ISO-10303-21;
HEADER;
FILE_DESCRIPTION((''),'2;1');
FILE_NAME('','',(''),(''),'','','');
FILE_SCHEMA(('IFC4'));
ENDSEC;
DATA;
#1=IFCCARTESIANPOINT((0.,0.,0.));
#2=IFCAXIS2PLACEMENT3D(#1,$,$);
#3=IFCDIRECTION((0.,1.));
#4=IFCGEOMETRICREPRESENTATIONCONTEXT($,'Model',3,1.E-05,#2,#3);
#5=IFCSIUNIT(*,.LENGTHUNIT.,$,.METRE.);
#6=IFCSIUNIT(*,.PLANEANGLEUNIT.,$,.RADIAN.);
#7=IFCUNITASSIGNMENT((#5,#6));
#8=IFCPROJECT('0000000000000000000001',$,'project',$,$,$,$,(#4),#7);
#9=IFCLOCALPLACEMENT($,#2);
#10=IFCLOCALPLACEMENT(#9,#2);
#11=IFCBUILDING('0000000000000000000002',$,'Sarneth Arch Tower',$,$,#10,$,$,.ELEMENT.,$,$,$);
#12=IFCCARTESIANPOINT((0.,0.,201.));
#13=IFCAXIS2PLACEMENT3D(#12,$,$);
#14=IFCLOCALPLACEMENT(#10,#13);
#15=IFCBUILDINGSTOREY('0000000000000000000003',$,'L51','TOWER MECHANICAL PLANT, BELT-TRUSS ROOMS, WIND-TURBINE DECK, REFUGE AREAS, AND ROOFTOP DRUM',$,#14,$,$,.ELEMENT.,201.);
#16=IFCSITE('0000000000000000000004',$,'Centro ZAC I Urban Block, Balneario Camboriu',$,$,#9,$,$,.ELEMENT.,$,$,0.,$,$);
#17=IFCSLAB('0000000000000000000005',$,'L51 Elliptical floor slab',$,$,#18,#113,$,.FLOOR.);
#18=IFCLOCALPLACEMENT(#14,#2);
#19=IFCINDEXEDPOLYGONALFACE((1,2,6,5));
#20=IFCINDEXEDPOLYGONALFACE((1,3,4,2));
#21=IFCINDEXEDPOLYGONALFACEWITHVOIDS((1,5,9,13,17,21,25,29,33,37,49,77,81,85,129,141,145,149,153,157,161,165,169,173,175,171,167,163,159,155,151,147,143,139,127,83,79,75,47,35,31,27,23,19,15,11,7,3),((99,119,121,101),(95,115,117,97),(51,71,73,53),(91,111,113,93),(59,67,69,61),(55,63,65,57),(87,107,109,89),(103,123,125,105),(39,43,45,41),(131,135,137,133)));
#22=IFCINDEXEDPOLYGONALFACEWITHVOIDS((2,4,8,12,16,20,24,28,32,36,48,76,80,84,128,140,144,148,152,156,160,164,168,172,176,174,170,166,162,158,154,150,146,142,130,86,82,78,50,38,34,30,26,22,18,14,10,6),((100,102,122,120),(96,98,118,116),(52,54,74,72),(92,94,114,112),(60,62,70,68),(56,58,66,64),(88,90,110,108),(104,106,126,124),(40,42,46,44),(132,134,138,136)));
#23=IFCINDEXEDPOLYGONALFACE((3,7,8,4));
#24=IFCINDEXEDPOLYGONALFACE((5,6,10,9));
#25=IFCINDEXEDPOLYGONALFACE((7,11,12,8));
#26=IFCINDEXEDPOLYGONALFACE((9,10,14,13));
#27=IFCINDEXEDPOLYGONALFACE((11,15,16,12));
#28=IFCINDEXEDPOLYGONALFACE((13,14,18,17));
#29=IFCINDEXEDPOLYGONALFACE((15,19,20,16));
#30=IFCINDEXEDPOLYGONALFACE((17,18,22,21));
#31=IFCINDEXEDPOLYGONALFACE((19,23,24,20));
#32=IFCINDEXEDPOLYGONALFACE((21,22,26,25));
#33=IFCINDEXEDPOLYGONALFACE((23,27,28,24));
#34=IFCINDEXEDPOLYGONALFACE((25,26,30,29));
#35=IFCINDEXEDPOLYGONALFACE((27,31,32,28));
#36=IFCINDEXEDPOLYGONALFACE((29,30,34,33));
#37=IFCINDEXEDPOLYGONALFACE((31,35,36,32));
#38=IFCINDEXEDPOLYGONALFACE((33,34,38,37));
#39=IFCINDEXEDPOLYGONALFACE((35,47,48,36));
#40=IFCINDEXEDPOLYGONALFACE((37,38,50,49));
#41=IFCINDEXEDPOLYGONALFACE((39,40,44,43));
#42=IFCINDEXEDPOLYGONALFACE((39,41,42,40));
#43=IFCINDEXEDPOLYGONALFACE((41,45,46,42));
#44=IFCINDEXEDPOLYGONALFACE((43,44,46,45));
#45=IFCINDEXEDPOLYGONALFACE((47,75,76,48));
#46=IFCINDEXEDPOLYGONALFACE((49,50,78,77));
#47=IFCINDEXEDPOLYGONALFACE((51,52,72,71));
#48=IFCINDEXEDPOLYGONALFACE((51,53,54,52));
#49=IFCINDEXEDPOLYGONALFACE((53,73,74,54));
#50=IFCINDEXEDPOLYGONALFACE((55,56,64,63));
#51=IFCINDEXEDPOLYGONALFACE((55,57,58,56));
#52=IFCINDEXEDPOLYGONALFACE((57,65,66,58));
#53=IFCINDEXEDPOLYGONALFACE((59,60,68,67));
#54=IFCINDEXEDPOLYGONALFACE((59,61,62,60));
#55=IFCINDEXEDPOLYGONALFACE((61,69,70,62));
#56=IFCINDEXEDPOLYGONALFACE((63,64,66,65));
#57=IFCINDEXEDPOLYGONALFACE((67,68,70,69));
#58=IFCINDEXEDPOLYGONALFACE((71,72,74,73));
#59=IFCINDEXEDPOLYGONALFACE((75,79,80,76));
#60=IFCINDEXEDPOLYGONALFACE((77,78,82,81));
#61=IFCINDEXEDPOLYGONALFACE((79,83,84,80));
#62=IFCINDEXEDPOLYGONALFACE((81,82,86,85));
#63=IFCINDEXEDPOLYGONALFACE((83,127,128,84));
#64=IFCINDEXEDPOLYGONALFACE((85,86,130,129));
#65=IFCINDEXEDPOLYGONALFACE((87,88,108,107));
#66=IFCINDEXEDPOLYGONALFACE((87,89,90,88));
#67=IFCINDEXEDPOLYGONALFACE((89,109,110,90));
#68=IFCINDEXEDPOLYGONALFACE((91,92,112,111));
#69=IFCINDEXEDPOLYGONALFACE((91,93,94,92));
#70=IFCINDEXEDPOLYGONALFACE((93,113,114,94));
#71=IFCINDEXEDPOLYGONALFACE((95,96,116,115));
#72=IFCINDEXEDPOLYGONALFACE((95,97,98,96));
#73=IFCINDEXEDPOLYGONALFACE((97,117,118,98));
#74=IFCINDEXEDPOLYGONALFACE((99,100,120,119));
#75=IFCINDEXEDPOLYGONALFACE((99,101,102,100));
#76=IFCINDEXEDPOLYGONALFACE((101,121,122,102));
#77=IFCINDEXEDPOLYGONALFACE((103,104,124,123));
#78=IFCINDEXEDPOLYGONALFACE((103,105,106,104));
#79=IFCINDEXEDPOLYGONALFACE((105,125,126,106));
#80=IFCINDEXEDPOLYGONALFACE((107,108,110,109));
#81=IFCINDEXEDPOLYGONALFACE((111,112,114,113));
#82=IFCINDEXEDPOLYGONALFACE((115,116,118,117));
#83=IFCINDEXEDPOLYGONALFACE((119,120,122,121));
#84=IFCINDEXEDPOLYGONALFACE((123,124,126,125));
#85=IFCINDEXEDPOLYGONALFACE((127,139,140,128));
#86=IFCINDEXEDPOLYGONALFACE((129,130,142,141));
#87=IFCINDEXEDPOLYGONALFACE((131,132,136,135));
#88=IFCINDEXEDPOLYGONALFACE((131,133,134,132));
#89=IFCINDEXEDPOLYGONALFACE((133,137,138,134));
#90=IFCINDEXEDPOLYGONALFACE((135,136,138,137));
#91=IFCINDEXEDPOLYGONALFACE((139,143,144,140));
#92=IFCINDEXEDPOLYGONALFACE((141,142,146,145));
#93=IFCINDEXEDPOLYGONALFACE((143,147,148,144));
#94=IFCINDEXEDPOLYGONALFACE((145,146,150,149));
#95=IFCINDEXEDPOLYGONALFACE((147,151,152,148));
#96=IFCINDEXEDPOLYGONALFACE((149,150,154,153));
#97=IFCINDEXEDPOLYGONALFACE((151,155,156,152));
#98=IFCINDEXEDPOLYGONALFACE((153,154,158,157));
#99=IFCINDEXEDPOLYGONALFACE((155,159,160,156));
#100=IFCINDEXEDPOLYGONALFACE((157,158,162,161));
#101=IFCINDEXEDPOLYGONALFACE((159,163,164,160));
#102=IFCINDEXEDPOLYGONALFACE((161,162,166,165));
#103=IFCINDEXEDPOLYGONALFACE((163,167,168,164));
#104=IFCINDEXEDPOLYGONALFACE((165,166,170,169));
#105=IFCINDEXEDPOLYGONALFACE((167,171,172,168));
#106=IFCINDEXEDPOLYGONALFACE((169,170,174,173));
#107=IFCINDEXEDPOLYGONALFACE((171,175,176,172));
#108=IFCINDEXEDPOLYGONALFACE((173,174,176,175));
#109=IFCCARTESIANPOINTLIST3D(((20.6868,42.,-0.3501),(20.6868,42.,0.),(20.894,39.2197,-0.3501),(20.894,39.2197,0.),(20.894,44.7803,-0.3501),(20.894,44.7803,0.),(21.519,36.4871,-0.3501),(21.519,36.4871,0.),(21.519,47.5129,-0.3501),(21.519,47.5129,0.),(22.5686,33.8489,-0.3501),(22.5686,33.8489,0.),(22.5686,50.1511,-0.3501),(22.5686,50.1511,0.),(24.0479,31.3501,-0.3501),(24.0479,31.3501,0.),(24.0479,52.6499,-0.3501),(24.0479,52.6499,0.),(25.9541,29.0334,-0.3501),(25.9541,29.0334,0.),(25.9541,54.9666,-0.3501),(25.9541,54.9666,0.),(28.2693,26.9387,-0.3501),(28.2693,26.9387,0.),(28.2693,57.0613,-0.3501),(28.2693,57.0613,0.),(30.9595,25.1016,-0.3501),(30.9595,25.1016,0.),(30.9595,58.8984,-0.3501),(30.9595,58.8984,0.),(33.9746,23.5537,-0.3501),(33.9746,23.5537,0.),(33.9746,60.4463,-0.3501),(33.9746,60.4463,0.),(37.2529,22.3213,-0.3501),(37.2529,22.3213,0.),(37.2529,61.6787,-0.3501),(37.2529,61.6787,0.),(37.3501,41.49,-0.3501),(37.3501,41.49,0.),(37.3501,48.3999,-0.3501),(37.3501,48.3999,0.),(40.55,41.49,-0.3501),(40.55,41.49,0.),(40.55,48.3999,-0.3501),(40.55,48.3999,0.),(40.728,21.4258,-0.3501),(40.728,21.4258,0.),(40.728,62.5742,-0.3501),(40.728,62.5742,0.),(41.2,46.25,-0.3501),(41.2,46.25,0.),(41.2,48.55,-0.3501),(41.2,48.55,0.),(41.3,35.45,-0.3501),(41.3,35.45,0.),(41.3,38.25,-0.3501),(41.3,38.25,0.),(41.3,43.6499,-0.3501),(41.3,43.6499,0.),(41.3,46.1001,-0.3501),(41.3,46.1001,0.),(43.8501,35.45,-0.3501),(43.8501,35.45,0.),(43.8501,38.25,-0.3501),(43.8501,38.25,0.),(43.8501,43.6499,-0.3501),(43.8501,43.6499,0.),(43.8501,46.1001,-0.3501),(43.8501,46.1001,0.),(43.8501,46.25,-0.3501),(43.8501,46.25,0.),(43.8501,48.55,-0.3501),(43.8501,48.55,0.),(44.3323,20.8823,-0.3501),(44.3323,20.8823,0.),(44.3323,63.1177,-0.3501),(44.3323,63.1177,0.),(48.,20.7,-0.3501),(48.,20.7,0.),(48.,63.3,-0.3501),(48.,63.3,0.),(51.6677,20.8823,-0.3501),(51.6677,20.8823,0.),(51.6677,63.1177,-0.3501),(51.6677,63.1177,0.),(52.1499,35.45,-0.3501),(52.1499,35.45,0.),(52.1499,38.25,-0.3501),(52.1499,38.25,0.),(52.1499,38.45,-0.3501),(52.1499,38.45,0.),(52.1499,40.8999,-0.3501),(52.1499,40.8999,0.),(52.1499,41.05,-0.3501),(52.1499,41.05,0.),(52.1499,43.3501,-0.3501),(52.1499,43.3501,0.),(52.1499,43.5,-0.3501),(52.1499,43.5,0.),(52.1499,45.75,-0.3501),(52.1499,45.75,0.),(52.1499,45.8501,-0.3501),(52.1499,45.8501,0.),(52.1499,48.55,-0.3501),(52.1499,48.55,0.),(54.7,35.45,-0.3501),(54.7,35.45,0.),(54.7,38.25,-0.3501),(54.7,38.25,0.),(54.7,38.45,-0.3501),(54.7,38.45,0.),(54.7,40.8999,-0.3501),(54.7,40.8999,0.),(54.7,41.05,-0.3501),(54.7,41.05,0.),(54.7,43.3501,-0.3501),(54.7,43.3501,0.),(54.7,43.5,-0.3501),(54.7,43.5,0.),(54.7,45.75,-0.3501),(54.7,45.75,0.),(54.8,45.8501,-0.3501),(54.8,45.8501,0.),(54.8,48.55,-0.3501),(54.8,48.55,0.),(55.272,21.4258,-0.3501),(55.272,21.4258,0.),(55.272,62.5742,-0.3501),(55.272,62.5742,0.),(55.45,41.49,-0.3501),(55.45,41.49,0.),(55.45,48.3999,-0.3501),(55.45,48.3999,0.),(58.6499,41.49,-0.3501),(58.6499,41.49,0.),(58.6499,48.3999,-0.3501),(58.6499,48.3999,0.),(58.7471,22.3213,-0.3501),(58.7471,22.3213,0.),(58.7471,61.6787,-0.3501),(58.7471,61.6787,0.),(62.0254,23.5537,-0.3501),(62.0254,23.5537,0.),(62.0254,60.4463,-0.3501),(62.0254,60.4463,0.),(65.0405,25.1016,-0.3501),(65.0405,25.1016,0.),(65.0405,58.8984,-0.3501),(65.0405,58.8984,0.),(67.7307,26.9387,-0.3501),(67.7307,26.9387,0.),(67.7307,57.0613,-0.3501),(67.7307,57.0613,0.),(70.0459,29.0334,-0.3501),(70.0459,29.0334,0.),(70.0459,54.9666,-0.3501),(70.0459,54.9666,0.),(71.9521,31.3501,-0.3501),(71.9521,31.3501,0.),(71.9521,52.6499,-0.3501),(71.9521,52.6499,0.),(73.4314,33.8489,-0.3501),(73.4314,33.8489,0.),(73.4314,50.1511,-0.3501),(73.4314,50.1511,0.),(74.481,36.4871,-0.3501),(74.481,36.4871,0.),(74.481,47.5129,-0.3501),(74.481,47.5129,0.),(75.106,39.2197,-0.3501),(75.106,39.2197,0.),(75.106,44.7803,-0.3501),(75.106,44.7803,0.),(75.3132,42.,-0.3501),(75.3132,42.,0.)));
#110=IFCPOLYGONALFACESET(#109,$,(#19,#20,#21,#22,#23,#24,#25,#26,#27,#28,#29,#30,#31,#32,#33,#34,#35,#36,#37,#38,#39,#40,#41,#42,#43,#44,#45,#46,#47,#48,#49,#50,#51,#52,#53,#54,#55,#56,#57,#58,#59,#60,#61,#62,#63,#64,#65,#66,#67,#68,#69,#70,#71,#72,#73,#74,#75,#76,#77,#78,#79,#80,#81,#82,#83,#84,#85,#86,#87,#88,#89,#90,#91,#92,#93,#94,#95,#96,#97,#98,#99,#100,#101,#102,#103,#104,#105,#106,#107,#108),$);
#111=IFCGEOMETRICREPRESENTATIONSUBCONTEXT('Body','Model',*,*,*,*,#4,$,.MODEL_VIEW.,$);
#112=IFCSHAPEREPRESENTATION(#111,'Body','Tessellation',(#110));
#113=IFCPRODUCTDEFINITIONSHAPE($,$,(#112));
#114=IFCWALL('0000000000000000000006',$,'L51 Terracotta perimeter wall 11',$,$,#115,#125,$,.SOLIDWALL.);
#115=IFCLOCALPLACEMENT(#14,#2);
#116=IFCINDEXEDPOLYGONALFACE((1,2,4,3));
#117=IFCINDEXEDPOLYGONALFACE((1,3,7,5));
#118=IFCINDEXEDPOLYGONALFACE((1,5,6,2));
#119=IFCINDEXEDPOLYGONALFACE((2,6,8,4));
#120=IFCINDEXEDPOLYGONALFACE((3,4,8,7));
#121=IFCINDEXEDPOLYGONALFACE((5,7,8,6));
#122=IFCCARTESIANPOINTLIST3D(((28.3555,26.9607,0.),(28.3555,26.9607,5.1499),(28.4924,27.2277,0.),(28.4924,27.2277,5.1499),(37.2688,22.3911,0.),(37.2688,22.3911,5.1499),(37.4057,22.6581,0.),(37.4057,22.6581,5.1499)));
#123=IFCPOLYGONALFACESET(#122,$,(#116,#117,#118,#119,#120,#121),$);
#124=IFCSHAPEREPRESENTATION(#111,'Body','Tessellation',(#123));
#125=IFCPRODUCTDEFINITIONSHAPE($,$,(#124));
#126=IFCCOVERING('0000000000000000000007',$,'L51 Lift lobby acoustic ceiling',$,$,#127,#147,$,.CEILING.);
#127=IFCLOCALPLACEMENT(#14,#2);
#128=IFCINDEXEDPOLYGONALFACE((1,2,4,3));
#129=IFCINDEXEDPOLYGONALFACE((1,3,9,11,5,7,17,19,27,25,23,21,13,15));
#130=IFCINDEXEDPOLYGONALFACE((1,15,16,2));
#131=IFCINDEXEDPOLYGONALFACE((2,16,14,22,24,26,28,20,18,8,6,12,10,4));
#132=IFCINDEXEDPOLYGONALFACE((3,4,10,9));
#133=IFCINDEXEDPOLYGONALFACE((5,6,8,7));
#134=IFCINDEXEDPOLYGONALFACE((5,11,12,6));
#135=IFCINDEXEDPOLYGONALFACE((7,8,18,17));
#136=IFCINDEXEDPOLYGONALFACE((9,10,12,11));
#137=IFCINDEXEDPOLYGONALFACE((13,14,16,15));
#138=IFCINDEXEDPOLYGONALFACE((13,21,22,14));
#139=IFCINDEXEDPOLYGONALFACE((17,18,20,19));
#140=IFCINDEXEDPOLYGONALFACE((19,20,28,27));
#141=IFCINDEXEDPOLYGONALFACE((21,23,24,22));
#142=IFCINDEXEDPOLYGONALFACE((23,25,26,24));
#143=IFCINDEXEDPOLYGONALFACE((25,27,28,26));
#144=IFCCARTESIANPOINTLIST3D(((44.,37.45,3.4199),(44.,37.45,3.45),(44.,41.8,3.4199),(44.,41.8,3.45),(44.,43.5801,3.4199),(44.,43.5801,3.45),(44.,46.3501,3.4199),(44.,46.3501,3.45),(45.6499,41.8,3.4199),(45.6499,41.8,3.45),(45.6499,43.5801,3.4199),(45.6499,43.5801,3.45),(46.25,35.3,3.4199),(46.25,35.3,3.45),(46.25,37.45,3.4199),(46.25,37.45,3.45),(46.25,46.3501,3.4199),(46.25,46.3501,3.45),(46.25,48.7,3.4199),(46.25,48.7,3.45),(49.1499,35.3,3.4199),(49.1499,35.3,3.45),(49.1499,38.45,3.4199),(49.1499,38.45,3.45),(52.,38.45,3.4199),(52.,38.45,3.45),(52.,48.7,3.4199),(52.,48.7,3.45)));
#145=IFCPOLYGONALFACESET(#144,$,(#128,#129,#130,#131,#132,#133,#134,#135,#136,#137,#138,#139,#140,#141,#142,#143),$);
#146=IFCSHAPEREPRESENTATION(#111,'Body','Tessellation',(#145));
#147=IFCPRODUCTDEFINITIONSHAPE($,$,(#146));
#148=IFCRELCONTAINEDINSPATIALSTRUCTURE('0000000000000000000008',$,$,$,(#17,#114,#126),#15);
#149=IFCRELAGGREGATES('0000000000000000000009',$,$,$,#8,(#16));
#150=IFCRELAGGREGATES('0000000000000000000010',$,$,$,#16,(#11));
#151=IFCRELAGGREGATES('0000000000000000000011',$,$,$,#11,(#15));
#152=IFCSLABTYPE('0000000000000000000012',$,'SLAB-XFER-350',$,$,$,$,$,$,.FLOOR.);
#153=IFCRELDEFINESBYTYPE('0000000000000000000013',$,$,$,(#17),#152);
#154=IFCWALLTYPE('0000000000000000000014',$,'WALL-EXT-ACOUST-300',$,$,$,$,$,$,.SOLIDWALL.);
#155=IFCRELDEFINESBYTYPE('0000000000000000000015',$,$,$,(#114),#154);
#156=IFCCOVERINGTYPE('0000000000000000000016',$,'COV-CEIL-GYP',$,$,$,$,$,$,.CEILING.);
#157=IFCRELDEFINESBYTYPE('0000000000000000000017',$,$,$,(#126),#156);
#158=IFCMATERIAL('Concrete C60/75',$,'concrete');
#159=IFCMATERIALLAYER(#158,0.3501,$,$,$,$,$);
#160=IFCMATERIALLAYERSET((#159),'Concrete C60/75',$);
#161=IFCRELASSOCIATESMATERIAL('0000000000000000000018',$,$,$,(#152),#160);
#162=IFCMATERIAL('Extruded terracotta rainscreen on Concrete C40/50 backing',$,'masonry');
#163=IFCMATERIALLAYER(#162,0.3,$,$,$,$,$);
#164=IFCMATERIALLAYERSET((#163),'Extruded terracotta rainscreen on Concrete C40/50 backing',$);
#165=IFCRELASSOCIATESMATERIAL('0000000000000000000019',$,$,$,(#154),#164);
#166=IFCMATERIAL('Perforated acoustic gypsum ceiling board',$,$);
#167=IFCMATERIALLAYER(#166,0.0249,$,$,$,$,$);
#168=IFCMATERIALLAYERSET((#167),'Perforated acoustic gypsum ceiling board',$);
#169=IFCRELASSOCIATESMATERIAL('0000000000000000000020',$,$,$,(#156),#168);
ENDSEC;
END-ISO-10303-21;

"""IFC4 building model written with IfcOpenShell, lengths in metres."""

from ifc_helpers import new_model, si_unit, direction, frame, frame_2d, origin, place, context, subcontext, project, spatial, polyline, rectangle, outline, extrude, material, layer, layer_set, type_object, element, save


model = new_model("IFC4")

# Units and contexts
model_context = context("Model", 3, precision=1e-05, world=origin(), true_north=direction((0.0, 1.0)))
body_context = subcontext(model_context, "Body", "Model", "MODEL_VIEW")
ifc_project = project(units=[si_unit("LENGTHUNIT", "METRE"), si_unit("PLANEANGLEUNIT", "RADIAN")], contexts=[model_context])

# Site, building, storey
site_placement = place(None, origin())
site = spatial("IfcSite", under=ifc_project, at=site_placement, Name="Centro ZAC I Urban Block, Balneario Camboriu", CompositionType="ELEMENT", RefElevation=0.0)
building_placement = place(site_placement, origin())
building = spatial("IfcBuilding", under=site, at=building_placement, Name="Sarneth Arch Tower", CompositionType="ELEMENT")
storey_placement = place(building_placement, frame((0.0, 0.0, 201.0)))
storey = spatial("IfcBuildingStorey", under=building, at=storey_placement, Name="L51", Description="TOWER MECHANICAL PLANT, BELT-TRUSS ROOMS, WIND-TURBINE DECK, REFUGE AREAS, AND ROOFTOP DRUM", CompositionType="ELEMENT", Elevation=201.0)

# Slab
ifc_material_1 = material(Name="Concrete C60/75", Category="concrete")
ifc_layer_1 = layer(ifc_material_1, 0.3501)
ifc_layer_set_1 = layer_set([ifc_layer_1], Name="Concrete C60/75")
slab_type_1 = type_object("IfcSlabType", Name="SLAB-XFER-350", PredefinedType="FLOOR", material=ifc_layer_set_1)
slab_1_placement = place(storey_placement, frame((0.0, 0.0, -0.3501)))
element("IfcSlab", 1, at=slab_1_placement, inside=storey, type_object=slab_type_1, Name="L51 Elliptical floor slab", PredefinedType="FLOOR", context=body_context, shape_type="SweptSolid", body=[
    extrude(outline(polyline([(75.3132, 42.0), (75.106, 44.7803), (74.481, 47.5129), (73.4314, 50.1511), (71.9521, 52.6499), (70.0459, 54.9666), (67.7307, 57.0613), (65.0405, 58.8984), (62.0254, 60.4463), (58.7471, 61.6787), (55.272, 62.5742), (51.6677, 63.1177), (48.0, 63.3), (44.3323, 63.1177), (40.728, 62.5742), (37.2529, 61.6787), (33.9746, 60.4463), (30.9595, 58.8984), (28.2693, 57.0613), (25.9541, 54.9666), (24.0479, 52.6499), (22.5686, 50.1511), (21.519, 47.5129), (20.894, 44.7803), (20.6868, 42.0), (20.894, 39.2197), (21.519, 36.4871), (22.5686, 33.8489), (24.0479, 31.3501), (25.9541, 29.0334), (28.2693, 26.9387), (30.9595, 25.1016), (33.9746, 23.5537), (37.2529, 22.3213), (40.728, 21.4258), (44.3323, 20.8823), (48.0, 20.7), (51.6677, 20.8823), (55.272, 21.4258), (58.7471, 22.3213), (62.0254, 23.5537), (65.0405, 25.1016), (67.7307, 26.9387), (70.0459, 29.0334), (71.9521, 31.3501), (73.4314, 33.8489), (74.481, 36.4871), (75.106, 39.2197), (75.3132, 42.0)]), holes=[polyline([(37.3501, 41.49), (40.55, 41.49), (40.55, 48.3999), (37.3501, 48.3999), (37.3501, 41.49)]), polyline([(55.45, 41.49), (58.6499, 41.49), (58.6499, 48.3999), (55.45, 48.3999), (55.45, 41.49)]), polyline([(41.2, 46.25), (43.8501, 46.25), (43.8501, 48.55), (41.2, 48.55), (41.2, 46.25)]), polyline([(41.3, 35.45), (43.8501, 35.45), (43.8501, 38.25), (41.3, 38.25), (41.3, 35.45)]), polyline([(52.1499, 35.45), (54.7, 35.45), (54.7, 38.25), (52.1499, 38.25), (52.1499, 35.45)]), polyline([(52.1499, 45.8501), (54.8, 45.8501), (54.8, 48.55), (52.1499, 48.55), (52.1499, 45.8501)]), polyline([(41.3, 43.6499), (43.8501, 43.6499), (43.8501, 46.1001), (41.3, 46.1001), (41.3, 43.6499)]), polyline([(52.1499, 38.45), (54.7, 38.45), (54.7, 40.8999), (52.1499, 40.8999), (52.1499, 38.45)]), polyline([(52.1499, 41.05), (54.7, 41.05), (54.7, 43.3501), (52.1499, 43.3501), (52.1499, 41.05)]), polyline([(52.1499, 43.5), (54.7, 43.5), (54.7, 45.75), (52.1499, 45.75), (52.1499, 43.5)])]), origin(), (0.0, 0.0, 1.0), 0.3501),
])

# Wall
ifc_material_2 = material(Name="Extruded terracotta rainscreen on Concrete C40/50 backing", Category="masonry")
ifc_layer_2 = layer(ifc_material_2, 0.3)
ifc_layer_set_2 = layer_set([ifc_layer_2], Name="Extruded terracotta rainscreen on Concrete C40/50 backing")
wall_type = type_object("IfcWallType", Name="WALL-EXT-ACOUST-300", PredefinedType="SOLIDWALL", material=ifc_layer_set_2)
wall_placement = place(storey_placement, frame((28.4238, 27.0942, 0.0), z_axis=(0.0, 0.0, 1.0), x_axis=(0.889873, -0.456209, 0.0)))
element("IfcWall", 2, at=wall_placement, inside=storey, type_object=wall_type, Name="L51 Terracotta perimeter wall 11", PredefinedType="SOLIDWALL", context=body_context, shape_type="SweptSolid", body=[
    extrude(rectangle(XDim=10.0164, YDim=0.3, at=frame_2d((5.0083, 0.0))), origin(), (0.0, 0.0, 1.0), 5.1499),
])

# Covering
ifc_material_3 = material(Name="Perforated acoustic gypsum ceiling board")
ifc_layer_3 = layer(ifc_material_3, 0.0249)
ifc_layer_set_3 = layer_set([ifc_layer_3], Name="Perforated acoustic gypsum ceiling board")
covering_type = type_object("IfcCoveringType", Name="COV-CEIL-GYP", PredefinedType="CEILING", material=ifc_layer_set_3)
covering_placement = place(storey_placement, frame((0.0, 0.0, 3.4199)))
element("IfcCovering", 3, at=covering_placement, inside=storey, type_object=covering_type, Name="L51 Lift lobby acoustic ceiling", PredefinedType="CEILING", context=body_context, shape_type="SweptSolid", body=[
    extrude(outline(polyline([(49.1499, 38.45), (49.1499, 35.3), (46.25, 35.3), (46.25, 37.45), (44.0, 37.45), (44.0, 41.8), (45.6499, 41.8), (45.6499, 43.5801), (44.0, 43.5801), (44.0, 46.3501), (46.25, 46.3501), (46.25, 48.7), (52.0, 48.7), (52.0, 38.45), (49.1499, 38.45)])), origin(), (0.0, 0.0, 1.0), 0.03),
])

save(model, "model.ifc")
